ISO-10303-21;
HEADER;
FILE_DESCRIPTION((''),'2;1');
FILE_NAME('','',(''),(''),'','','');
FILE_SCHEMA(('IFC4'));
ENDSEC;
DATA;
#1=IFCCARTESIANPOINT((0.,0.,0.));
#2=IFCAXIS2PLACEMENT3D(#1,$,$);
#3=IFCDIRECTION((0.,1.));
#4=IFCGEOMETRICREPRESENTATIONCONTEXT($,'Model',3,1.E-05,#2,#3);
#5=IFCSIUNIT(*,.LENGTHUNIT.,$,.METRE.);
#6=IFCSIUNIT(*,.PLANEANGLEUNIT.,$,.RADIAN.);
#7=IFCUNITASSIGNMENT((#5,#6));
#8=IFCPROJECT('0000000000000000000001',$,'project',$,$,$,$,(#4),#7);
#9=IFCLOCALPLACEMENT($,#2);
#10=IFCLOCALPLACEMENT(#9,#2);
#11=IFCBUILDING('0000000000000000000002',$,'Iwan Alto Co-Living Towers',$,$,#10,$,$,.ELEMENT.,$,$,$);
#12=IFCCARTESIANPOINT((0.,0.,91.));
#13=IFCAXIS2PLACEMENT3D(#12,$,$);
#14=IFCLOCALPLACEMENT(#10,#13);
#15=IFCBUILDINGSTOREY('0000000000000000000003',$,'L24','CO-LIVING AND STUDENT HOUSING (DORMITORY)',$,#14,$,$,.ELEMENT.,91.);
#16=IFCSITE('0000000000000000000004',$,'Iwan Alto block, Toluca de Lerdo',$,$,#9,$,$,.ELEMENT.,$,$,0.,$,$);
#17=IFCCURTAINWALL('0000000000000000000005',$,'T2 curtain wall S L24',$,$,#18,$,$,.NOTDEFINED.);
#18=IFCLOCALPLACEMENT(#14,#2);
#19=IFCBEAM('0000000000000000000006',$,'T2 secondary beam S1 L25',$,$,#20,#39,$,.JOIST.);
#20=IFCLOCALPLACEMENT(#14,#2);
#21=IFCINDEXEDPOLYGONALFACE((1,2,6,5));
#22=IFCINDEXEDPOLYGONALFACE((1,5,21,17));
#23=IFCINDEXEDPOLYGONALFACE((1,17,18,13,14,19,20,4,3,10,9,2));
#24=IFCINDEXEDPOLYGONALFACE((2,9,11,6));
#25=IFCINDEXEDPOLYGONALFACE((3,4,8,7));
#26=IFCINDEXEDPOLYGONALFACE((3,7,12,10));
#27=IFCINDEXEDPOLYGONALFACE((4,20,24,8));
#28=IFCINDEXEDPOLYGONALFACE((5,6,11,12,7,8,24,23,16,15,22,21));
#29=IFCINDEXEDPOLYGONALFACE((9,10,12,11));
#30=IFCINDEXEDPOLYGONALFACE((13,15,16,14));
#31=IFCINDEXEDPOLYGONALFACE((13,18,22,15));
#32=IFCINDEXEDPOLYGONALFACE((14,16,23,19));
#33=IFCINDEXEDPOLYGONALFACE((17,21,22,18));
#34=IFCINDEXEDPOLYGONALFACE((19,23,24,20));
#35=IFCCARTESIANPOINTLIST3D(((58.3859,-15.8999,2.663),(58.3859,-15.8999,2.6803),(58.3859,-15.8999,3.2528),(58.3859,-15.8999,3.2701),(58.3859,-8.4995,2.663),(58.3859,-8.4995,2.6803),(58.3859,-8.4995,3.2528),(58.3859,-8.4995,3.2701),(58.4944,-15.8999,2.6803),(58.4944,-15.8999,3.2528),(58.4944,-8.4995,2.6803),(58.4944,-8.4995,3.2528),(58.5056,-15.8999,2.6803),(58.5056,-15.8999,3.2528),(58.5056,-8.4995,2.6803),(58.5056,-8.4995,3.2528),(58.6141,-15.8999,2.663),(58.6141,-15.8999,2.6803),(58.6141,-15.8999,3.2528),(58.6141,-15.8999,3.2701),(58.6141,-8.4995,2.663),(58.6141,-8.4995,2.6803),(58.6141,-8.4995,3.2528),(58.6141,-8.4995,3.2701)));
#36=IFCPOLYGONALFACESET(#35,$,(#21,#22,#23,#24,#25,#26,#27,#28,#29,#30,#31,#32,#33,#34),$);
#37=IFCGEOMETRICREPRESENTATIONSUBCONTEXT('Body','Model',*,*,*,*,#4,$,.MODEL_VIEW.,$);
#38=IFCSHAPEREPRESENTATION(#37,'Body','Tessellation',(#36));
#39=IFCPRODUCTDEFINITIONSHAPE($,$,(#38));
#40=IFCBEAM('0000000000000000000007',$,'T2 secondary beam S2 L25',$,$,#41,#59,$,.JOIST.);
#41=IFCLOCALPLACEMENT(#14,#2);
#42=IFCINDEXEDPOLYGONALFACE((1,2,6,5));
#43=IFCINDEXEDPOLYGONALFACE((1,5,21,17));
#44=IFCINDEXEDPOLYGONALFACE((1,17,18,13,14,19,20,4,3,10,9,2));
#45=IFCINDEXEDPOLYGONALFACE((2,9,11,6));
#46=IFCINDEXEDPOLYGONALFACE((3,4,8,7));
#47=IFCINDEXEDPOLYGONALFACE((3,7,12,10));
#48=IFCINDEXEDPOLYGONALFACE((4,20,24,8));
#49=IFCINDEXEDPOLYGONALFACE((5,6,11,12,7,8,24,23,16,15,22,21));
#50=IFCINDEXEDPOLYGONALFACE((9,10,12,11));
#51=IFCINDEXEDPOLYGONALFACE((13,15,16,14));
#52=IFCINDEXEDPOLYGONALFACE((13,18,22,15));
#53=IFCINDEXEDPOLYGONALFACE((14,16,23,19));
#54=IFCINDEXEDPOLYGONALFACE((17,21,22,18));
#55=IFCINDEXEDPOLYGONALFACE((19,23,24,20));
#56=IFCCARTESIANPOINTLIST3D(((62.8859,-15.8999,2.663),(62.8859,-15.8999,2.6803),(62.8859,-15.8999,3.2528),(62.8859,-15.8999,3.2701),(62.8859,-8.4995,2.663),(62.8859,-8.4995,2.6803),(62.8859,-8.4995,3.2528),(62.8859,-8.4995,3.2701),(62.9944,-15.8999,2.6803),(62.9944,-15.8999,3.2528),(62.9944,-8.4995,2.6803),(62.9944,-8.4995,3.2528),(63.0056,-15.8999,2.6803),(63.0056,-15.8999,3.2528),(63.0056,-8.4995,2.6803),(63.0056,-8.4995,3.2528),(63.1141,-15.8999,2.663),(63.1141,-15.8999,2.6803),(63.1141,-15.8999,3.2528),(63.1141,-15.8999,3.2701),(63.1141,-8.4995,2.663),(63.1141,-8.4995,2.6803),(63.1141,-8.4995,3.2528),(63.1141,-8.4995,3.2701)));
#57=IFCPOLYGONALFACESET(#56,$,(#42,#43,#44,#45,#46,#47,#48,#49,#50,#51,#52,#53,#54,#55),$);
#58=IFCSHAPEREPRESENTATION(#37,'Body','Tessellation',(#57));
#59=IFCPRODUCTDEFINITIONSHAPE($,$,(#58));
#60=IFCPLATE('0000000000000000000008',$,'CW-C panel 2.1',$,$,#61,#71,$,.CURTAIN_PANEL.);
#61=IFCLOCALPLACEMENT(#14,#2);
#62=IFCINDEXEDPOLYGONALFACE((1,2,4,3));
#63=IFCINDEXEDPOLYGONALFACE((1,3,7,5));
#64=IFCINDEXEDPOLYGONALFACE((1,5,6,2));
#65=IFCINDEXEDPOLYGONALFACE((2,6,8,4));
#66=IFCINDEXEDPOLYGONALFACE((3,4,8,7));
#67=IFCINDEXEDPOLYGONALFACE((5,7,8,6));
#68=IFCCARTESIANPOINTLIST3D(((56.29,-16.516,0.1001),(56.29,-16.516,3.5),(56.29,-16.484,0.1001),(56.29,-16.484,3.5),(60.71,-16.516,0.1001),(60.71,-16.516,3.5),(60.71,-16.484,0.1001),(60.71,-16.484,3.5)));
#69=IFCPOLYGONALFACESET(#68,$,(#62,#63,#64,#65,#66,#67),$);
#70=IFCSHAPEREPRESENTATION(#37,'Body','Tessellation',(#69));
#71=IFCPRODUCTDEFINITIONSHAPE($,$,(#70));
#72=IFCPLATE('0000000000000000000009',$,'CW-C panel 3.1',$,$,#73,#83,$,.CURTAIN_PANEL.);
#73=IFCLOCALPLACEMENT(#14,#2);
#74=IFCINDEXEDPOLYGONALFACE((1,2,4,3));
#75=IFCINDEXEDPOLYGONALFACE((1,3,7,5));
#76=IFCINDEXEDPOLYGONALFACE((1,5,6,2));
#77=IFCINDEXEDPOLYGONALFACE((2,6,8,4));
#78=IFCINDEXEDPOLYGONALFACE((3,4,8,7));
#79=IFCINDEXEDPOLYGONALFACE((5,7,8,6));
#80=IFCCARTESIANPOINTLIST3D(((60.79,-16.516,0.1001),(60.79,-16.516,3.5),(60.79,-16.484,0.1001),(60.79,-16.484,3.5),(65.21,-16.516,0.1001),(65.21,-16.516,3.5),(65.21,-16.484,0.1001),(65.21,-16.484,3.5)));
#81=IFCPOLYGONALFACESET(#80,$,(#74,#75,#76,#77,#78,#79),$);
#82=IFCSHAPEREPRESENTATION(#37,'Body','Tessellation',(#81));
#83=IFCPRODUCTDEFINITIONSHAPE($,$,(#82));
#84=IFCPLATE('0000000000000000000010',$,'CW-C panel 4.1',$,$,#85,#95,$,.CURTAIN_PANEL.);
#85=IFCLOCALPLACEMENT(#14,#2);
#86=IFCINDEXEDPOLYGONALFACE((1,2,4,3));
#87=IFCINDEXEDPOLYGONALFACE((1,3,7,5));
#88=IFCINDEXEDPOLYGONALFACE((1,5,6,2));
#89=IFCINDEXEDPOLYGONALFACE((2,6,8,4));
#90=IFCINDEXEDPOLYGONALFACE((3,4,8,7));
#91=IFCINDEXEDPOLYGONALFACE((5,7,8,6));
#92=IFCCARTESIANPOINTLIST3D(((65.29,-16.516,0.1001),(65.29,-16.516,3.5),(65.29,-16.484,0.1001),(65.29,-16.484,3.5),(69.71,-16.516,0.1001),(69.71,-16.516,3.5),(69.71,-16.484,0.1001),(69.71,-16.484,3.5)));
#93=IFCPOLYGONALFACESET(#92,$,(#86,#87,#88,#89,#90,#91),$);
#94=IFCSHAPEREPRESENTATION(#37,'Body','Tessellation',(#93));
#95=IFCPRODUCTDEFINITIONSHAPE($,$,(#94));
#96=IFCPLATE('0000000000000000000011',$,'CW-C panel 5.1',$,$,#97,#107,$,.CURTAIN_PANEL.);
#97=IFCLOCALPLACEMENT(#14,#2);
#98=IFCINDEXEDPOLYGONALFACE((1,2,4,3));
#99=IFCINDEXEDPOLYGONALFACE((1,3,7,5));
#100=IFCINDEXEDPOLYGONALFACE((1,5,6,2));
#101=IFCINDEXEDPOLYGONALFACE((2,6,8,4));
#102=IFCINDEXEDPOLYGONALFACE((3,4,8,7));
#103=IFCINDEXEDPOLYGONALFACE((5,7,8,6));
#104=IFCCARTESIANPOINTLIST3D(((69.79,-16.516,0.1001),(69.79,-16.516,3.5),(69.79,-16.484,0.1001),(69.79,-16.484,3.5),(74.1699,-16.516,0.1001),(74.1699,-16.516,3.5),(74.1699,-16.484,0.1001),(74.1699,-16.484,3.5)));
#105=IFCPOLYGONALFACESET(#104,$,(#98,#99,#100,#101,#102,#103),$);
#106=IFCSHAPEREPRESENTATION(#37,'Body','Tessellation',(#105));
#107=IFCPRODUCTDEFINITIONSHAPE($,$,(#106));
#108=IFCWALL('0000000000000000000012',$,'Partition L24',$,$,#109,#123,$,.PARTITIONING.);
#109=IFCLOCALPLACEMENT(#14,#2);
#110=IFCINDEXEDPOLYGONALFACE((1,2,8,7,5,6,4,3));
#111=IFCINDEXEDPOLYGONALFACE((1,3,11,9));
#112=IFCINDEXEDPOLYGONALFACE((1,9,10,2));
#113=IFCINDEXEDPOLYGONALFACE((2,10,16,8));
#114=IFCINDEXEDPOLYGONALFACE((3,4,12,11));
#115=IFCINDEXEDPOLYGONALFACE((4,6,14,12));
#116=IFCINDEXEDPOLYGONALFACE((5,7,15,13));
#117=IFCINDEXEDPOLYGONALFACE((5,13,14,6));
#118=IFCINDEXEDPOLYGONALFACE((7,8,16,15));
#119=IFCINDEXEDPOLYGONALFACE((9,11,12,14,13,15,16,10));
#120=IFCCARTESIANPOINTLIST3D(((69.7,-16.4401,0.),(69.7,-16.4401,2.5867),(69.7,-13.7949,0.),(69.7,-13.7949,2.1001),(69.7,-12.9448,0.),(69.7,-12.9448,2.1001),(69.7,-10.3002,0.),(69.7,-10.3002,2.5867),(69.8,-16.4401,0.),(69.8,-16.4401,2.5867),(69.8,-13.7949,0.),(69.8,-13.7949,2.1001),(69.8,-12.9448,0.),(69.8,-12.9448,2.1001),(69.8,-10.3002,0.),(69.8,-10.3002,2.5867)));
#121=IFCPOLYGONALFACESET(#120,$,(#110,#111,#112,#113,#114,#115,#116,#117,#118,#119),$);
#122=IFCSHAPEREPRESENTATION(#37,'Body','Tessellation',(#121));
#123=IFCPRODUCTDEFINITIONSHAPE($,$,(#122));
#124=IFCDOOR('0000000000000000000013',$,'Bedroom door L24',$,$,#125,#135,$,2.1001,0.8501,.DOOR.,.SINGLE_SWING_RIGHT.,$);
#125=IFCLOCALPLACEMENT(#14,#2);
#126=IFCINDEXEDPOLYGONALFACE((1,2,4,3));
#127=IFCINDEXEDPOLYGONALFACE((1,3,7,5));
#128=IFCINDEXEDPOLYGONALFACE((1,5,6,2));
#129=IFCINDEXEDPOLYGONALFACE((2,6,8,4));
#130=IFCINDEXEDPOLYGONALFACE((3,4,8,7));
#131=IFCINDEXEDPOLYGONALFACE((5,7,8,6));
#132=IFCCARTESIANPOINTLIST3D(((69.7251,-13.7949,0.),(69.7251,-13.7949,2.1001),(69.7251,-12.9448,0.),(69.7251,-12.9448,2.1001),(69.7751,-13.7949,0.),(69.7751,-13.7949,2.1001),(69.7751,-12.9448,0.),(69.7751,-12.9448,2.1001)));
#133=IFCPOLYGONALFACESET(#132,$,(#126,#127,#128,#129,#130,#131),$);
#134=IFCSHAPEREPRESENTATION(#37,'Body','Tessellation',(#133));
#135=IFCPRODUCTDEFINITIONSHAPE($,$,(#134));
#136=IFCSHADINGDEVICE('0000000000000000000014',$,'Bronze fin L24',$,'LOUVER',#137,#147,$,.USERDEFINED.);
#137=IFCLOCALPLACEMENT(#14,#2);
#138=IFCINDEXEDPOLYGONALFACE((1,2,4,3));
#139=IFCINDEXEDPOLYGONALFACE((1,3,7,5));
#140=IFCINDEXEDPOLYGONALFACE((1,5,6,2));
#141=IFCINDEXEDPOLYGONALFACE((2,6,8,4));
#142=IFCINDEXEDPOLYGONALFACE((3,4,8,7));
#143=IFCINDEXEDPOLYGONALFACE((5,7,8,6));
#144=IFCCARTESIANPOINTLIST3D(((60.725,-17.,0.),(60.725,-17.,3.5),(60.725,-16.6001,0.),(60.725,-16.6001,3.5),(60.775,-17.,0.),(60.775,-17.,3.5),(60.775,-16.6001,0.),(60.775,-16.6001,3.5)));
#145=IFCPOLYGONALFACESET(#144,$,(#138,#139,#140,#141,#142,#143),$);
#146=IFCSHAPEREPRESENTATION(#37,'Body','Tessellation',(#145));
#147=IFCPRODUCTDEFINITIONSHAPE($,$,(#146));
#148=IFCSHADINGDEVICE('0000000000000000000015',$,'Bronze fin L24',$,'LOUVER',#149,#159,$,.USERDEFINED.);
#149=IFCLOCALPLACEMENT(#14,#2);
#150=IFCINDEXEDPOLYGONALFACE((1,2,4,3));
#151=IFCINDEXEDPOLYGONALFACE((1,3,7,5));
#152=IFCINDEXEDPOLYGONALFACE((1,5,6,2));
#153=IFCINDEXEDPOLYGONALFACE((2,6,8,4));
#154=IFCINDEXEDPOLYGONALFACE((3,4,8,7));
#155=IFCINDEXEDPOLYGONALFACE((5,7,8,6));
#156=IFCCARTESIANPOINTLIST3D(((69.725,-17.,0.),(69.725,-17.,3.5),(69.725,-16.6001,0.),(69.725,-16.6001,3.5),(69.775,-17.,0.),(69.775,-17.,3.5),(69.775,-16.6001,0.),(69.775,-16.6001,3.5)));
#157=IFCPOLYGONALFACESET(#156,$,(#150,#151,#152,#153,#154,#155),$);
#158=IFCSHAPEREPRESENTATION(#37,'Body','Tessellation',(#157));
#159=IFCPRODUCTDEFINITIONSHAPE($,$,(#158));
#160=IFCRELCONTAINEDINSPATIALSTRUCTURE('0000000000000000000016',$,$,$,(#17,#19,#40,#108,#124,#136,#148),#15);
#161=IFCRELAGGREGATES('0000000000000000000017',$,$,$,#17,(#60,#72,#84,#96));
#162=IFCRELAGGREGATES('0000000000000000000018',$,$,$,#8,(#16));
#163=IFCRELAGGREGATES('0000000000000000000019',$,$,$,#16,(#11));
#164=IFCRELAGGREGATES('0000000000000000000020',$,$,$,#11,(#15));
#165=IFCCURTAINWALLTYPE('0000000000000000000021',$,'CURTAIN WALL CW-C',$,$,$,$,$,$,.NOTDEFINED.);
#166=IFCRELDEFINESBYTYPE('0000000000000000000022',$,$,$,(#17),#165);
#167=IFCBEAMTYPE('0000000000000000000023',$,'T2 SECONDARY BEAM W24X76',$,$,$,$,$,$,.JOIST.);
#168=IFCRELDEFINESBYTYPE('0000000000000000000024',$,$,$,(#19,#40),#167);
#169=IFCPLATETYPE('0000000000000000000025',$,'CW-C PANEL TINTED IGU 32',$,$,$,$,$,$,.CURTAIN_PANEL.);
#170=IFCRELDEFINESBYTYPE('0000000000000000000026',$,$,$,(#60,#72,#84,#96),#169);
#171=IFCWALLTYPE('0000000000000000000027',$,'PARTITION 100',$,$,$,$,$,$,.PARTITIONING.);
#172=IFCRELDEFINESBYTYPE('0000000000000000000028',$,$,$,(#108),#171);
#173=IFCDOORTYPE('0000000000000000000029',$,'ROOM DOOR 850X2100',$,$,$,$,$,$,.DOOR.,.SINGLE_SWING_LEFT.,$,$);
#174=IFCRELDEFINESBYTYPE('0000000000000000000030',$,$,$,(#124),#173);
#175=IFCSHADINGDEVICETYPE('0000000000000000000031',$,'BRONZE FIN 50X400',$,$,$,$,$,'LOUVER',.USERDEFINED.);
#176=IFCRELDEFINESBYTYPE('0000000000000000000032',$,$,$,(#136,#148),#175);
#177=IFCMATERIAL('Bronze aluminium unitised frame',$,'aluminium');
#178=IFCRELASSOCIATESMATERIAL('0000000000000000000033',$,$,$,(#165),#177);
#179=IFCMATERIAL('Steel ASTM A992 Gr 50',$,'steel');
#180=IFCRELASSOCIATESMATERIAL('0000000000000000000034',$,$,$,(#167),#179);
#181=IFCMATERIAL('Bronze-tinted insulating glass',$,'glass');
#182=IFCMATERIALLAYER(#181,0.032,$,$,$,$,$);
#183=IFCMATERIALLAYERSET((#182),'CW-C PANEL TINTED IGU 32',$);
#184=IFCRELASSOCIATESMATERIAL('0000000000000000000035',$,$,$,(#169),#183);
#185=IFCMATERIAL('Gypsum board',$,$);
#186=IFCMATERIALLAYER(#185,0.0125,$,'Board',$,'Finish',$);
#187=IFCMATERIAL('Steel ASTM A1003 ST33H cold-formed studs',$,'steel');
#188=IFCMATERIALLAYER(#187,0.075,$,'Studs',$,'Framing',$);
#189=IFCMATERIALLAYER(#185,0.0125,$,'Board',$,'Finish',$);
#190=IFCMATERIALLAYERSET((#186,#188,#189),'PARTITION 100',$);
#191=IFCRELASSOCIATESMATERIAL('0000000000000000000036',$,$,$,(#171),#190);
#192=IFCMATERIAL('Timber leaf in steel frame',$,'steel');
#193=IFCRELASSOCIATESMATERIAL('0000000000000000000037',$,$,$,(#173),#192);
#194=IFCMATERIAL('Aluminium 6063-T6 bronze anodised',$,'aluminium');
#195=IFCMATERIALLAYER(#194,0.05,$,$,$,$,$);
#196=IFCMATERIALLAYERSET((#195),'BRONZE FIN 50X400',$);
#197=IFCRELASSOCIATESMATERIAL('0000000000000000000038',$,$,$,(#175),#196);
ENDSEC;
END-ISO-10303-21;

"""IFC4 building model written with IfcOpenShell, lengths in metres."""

from ifc_helpers import new_model, si_unit, direction, frame, frame_2d, origin, origin_2d, place, context, subcontext, project, spatial, rectangle, i_section, extrude, material, layer, layer_set, material_profile, profile_set, type_object, element, fill, aggregate, save


model = new_model("IFC4")

# Units and contexts
model_context = context("Model", 3, precision=1e-05, world=origin(), true_north=direction((0.0, 1.0)))
body_context = subcontext(model_context, "Body", "Model", "MODEL_VIEW")
ifc_project = project(units=[si_unit("LENGTHUNIT", "METRE"), si_unit("PLANEANGLEUNIT", "RADIAN")], contexts=[model_context])

# Site, building, storey
site_placement = place(None, origin())
site = spatial("IfcSite", under=ifc_project, at=site_placement, Name="Iwan Alto block, Toluca de Lerdo", CompositionType="ELEMENT", RefElevation=0.0)
building_placement = place(site_placement, origin())
building = spatial("IfcBuilding", under=site, at=building_placement, Name="Iwan Alto Co-Living Towers", CompositionType="ELEMENT")
storey_placement = place(building_placement, frame((0.0, 0.0, 91.0)))
storey = spatial("IfcBuildingStorey", under=building, at=storey_placement, Name="L24", Description="CO-LIVING AND STUDENT HOUSING (DORMITORY)", CompositionType="ELEMENT", Elevation=91.0)

# Curtain wall
ifc_material_1 = material(Name="Bronze aluminium unitised frame", Category="aluminium")
curtain_wall_type = type_object("IfcCurtainWallType", Name="CURTAIN WALL CW-C", PredefinedType="NOTDEFINED", material=ifc_material_1)
curtain_wall_placement = place(storey_placement, origin())
curtain_wall = element("IfcCurtainWall", 1, at=curtain_wall_placement, inside=storey, type_object=curtain_wall_type, Name="T2 curtain wall S L24", PredefinedType="NOTDEFINED")

# Beams
ifc_material_2 = material(Name="Steel ASTM A992 Gr 50", Category="steel")
ifc_material_profile_1 = material_profile(ifc_material_2, i_section(OverallWidth=0.2283, OverallDepth=0.6072, WebThickness=0.0112, FlangeThickness=0.0173, at=origin_2d()), Name="W24X76")
ifc_profile_set_1 = profile_set([ifc_material_profile_1], Name="Steel ASTM A992 Gr 50")
beam_type_1 = type_object("IfcBeamType", Name="T2 SECONDARY BEAM W24X76", PredefinedType="JOIST", material=ifc_profile_set_1)
for number, where, z_axis, x_axis, name in (
    (2, (58.5, -15.8999, 2.9666), (0.0, 1.0, 0.0), (-1.0, 0.0, 0.0), "T2 secondary beam S1 L25"),
    (3, (63.0, -15.8999, 2.9666), (0.0, 1.0, 0.0), (-1.0, 0.0, 0.0), "T2 secondary beam S2 L25"),
):
    element("IfcBeam", number, at=place(storey_placement, frame(where, z_axis=z_axis, x_axis=x_axis)), inside=storey, type_object=beam_type_1, Name=name, PredefinedType="JOIST", context=body_context, shape_type="SweptSolid", body=[
        extrude(i_section(OverallWidth=0.2283, OverallDepth=0.6072, WebThickness=0.0112, FlangeThickness=0.0173, at=origin_2d()), origin(), (0.0, 0.0, 1.0), 7.4004),
    ])

# Plates
ifc_material_3 = material(Name="Bronze-tinted insulating glass", Category="glass")
ifc_layer_1 = layer(ifc_material_3, 0.032)
ifc_layer_set_1 = layer_set([ifc_layer_1], Name="CW-C PANEL TINTED IGU 32")
plate_type = type_object("IfcPlateType", Name="CW-C PANEL TINTED IGU 32", PredefinedType="CURTAIN_PANEL", material=ifc_layer_set_1)
plate_1_placement = place(storey_placement, frame((58.5, -16.5, 0.1001), z_axis=(0.0, 0.0, 1.0), x_axis=(1.0, 0.0, 0.0)))
plate_1 = element("IfcPlate", 4, at=plate_1_placement, type_object=plate_type, Name="CW-C panel 2.1", PredefinedType="CURTAIN_PANEL", context=body_context, shape_type="SweptSolid", body=[
    extrude(rectangle(XDim=4.4199, YDim=0.032, at=origin_2d()), origin(), (0.0, 0.0, 1.0), 3.3999),
])
plate_2_placement = place(storey_placement, frame((63.0, -16.5, 0.1001), z_axis=(0.0, 0.0, 1.0), x_axis=(1.0, 0.0, 0.0)))
plate_2 = element("IfcPlate", 5, at=plate_2_placement, type_object=plate_type, Name="CW-C panel 3.1", PredefinedType="CURTAIN_PANEL", context=body_context, shape_type="SweptSolid", body=[
    extrude(rectangle(XDim=4.4199, YDim=0.032, at=origin_2d()), origin(), (0.0, 0.0, 1.0), 3.3999),
])
plate_3_placement = place(storey_placement, frame((67.5, -16.5, 0.1001), z_axis=(0.0, 0.0, 1.0), x_axis=(1.0, 0.0, 0.0)))
plate_3 = element("IfcPlate", 6, at=plate_3_placement, type_object=plate_type, Name="CW-C panel 4.1", PredefinedType="CURTAIN_PANEL", context=body_context, shape_type="SweptSolid", body=[
    extrude(rectangle(XDim=4.4199, YDim=0.032, at=origin_2d()), origin(), (0.0, 0.0, 1.0), 3.3999),
])
plate_4_placement = place(storey_placement, frame((71.98, -16.5, 0.1001), z_axis=(0.0, 0.0, 1.0), x_axis=(1.0, 0.0, 0.0)))
plate_4 = element("IfcPlate", 7, at=plate_4_placement, type_object=plate_type, Name="CW-C panel 5.1", PredefinedType="CURTAIN_PANEL", context=body_context, shape_type="SweptSolid", body=[
    extrude(rectangle(XDim=4.3799, YDim=0.032, at=origin_2d()), origin(), (0.0, 0.0, 1.0), 3.3999),
])
aggregate(curtain_wall, [plate_1, plate_2, plate_3, plate_4])

# Wall, opening, door
ifc_material_4 = material(Name="Gypsum board")
ifc_layer_2 = layer(ifc_material_4, 0.0125, Name="Board", Category="Finish")
ifc_material_5 = material(Name="Steel ASTM A1003 ST33H cold-formed studs", Category="steel")
ifc_layer_3 = layer(ifc_material_5, 0.075, Name="Studs", Category="Framing")
ifc_layer_4 = layer(ifc_material_4, 0.0125, Name="Board", Category="Finish")
ifc_layer_set_2 = layer_set([ifc_layer_2, ifc_layer_3, ifc_layer_4], Name="PARTITION 100")
wall_type = type_object("IfcWallType", Name="PARTITION 100", PredefinedType="PARTITIONING", material=ifc_layer_set_2)
wall_placement = place(storey_placement, frame((69.75, -16.4399, 0.0), z_axis=(0.0, 0.0, 1.0), x_axis=(0.0, 1.0, 0.0)))
wall = element("IfcWall", 8, at=wall_placement, inside=storey, type_object=wall_type, Name="Partition L24", PredefinedType="PARTITIONING", context=body_context, shape_type="SweptSolid", body=[
    extrude(rectangle(XDim=6.1399, YDim=0.1001, at=frame_2d((3.0698, 0.0))), origin(), (0.0, 0.0, 1.0), 2.5867),
])
opening_placement = place(wall_placement, frame((2.645, 0.0, 0.0)))
opening = element("IfcOpeningElement", 9, at=opening_placement, cuts=wall, PredefinedType="OPENING", context=body_context, shape_type="SweptSolid", body=[
    extrude(rectangle(XDim=0.8501, YDim=2.1001, at=frame_2d((0.425, 1.05))), frame((0.0, 0.0601, 0.0), z_axis=(0.0, -1.0, 0.0), x_axis=(1.0, 0.0, 0.0)), (0.0, 0.0, 1.0), 0.1201),
])
ifc_material_6 = material(Name="Timber leaf in steel frame", Category="steel")
door_type = type_object("IfcDoorType", Name="ROOM DOOR 850X2100", OperationType="SINGLE_SWING_LEFT", PredefinedType="DOOR", material=ifc_material_6)
door_placement = place(opening_placement, origin())
door = element("IfcDoor", 10, at=door_placement, inside=storey, type_object=door_type, Name="Bedroom door L24", OperationType="SINGLE_SWING_RIGHT", OverallHeight=2.1001, OverallWidth=0.8501, PredefinedType="DOOR", context=body_context, shape_type="SweptSolid", body=[
    extrude(rectangle(XDim=0.8501, YDim=2.1001, at=frame_2d((0.425, 1.05))), frame((0.0, 0.0249, 0.0), z_axis=(0.0, -1.0, 0.0), x_axis=(1.0, 0.0, 0.0)), (0.0, 0.0, 1.0), 0.05),
])
fill(opening, door)

# Shading devices
ifc_material_7 = material(Name="Aluminium 6063-T6 bronze anodised", Category="aluminium")
ifc_layer_5 = layer(ifc_material_7, 0.05)
ifc_layer_set_3 = layer_set([ifc_layer_5], Name="BRONZE FIN 50X400")
shading_device_type = type_object("IfcShadingDeviceType", Name="BRONZE FIN 50X400", ElementType="LOUVER", PredefinedType="USERDEFINED", material=ifc_layer_set_3)
for number, where, z_axis, x_axis, name in (
    (11, (60.75, -16.8, 0.0), (0.0, 0.0, 1.0), (1.0, 0.0, 0.0), "Bronze fin L24"),
    (12, (69.75, -16.8, 0.0), (0.0, 0.0, 1.0), (1.0, 0.0, 0.0), "Bronze fin L24"),
):
    element("IfcShadingDevice", number, at=place(storey_placement, frame(where, z_axis=z_axis, x_axis=x_axis)), inside=storey, type_object=shading_device_type, Name=name, ObjectType="LOUVER", PredefinedType="USERDEFINED", context=body_context, shape_type="SweptSolid", body=[
        extrude(rectangle(XDim=0.05, YDim=0.3999, at=origin_2d()), origin(), (0.0, 0.0, 1.0), 3.5),
    ])

save(model, "model.ifc")
